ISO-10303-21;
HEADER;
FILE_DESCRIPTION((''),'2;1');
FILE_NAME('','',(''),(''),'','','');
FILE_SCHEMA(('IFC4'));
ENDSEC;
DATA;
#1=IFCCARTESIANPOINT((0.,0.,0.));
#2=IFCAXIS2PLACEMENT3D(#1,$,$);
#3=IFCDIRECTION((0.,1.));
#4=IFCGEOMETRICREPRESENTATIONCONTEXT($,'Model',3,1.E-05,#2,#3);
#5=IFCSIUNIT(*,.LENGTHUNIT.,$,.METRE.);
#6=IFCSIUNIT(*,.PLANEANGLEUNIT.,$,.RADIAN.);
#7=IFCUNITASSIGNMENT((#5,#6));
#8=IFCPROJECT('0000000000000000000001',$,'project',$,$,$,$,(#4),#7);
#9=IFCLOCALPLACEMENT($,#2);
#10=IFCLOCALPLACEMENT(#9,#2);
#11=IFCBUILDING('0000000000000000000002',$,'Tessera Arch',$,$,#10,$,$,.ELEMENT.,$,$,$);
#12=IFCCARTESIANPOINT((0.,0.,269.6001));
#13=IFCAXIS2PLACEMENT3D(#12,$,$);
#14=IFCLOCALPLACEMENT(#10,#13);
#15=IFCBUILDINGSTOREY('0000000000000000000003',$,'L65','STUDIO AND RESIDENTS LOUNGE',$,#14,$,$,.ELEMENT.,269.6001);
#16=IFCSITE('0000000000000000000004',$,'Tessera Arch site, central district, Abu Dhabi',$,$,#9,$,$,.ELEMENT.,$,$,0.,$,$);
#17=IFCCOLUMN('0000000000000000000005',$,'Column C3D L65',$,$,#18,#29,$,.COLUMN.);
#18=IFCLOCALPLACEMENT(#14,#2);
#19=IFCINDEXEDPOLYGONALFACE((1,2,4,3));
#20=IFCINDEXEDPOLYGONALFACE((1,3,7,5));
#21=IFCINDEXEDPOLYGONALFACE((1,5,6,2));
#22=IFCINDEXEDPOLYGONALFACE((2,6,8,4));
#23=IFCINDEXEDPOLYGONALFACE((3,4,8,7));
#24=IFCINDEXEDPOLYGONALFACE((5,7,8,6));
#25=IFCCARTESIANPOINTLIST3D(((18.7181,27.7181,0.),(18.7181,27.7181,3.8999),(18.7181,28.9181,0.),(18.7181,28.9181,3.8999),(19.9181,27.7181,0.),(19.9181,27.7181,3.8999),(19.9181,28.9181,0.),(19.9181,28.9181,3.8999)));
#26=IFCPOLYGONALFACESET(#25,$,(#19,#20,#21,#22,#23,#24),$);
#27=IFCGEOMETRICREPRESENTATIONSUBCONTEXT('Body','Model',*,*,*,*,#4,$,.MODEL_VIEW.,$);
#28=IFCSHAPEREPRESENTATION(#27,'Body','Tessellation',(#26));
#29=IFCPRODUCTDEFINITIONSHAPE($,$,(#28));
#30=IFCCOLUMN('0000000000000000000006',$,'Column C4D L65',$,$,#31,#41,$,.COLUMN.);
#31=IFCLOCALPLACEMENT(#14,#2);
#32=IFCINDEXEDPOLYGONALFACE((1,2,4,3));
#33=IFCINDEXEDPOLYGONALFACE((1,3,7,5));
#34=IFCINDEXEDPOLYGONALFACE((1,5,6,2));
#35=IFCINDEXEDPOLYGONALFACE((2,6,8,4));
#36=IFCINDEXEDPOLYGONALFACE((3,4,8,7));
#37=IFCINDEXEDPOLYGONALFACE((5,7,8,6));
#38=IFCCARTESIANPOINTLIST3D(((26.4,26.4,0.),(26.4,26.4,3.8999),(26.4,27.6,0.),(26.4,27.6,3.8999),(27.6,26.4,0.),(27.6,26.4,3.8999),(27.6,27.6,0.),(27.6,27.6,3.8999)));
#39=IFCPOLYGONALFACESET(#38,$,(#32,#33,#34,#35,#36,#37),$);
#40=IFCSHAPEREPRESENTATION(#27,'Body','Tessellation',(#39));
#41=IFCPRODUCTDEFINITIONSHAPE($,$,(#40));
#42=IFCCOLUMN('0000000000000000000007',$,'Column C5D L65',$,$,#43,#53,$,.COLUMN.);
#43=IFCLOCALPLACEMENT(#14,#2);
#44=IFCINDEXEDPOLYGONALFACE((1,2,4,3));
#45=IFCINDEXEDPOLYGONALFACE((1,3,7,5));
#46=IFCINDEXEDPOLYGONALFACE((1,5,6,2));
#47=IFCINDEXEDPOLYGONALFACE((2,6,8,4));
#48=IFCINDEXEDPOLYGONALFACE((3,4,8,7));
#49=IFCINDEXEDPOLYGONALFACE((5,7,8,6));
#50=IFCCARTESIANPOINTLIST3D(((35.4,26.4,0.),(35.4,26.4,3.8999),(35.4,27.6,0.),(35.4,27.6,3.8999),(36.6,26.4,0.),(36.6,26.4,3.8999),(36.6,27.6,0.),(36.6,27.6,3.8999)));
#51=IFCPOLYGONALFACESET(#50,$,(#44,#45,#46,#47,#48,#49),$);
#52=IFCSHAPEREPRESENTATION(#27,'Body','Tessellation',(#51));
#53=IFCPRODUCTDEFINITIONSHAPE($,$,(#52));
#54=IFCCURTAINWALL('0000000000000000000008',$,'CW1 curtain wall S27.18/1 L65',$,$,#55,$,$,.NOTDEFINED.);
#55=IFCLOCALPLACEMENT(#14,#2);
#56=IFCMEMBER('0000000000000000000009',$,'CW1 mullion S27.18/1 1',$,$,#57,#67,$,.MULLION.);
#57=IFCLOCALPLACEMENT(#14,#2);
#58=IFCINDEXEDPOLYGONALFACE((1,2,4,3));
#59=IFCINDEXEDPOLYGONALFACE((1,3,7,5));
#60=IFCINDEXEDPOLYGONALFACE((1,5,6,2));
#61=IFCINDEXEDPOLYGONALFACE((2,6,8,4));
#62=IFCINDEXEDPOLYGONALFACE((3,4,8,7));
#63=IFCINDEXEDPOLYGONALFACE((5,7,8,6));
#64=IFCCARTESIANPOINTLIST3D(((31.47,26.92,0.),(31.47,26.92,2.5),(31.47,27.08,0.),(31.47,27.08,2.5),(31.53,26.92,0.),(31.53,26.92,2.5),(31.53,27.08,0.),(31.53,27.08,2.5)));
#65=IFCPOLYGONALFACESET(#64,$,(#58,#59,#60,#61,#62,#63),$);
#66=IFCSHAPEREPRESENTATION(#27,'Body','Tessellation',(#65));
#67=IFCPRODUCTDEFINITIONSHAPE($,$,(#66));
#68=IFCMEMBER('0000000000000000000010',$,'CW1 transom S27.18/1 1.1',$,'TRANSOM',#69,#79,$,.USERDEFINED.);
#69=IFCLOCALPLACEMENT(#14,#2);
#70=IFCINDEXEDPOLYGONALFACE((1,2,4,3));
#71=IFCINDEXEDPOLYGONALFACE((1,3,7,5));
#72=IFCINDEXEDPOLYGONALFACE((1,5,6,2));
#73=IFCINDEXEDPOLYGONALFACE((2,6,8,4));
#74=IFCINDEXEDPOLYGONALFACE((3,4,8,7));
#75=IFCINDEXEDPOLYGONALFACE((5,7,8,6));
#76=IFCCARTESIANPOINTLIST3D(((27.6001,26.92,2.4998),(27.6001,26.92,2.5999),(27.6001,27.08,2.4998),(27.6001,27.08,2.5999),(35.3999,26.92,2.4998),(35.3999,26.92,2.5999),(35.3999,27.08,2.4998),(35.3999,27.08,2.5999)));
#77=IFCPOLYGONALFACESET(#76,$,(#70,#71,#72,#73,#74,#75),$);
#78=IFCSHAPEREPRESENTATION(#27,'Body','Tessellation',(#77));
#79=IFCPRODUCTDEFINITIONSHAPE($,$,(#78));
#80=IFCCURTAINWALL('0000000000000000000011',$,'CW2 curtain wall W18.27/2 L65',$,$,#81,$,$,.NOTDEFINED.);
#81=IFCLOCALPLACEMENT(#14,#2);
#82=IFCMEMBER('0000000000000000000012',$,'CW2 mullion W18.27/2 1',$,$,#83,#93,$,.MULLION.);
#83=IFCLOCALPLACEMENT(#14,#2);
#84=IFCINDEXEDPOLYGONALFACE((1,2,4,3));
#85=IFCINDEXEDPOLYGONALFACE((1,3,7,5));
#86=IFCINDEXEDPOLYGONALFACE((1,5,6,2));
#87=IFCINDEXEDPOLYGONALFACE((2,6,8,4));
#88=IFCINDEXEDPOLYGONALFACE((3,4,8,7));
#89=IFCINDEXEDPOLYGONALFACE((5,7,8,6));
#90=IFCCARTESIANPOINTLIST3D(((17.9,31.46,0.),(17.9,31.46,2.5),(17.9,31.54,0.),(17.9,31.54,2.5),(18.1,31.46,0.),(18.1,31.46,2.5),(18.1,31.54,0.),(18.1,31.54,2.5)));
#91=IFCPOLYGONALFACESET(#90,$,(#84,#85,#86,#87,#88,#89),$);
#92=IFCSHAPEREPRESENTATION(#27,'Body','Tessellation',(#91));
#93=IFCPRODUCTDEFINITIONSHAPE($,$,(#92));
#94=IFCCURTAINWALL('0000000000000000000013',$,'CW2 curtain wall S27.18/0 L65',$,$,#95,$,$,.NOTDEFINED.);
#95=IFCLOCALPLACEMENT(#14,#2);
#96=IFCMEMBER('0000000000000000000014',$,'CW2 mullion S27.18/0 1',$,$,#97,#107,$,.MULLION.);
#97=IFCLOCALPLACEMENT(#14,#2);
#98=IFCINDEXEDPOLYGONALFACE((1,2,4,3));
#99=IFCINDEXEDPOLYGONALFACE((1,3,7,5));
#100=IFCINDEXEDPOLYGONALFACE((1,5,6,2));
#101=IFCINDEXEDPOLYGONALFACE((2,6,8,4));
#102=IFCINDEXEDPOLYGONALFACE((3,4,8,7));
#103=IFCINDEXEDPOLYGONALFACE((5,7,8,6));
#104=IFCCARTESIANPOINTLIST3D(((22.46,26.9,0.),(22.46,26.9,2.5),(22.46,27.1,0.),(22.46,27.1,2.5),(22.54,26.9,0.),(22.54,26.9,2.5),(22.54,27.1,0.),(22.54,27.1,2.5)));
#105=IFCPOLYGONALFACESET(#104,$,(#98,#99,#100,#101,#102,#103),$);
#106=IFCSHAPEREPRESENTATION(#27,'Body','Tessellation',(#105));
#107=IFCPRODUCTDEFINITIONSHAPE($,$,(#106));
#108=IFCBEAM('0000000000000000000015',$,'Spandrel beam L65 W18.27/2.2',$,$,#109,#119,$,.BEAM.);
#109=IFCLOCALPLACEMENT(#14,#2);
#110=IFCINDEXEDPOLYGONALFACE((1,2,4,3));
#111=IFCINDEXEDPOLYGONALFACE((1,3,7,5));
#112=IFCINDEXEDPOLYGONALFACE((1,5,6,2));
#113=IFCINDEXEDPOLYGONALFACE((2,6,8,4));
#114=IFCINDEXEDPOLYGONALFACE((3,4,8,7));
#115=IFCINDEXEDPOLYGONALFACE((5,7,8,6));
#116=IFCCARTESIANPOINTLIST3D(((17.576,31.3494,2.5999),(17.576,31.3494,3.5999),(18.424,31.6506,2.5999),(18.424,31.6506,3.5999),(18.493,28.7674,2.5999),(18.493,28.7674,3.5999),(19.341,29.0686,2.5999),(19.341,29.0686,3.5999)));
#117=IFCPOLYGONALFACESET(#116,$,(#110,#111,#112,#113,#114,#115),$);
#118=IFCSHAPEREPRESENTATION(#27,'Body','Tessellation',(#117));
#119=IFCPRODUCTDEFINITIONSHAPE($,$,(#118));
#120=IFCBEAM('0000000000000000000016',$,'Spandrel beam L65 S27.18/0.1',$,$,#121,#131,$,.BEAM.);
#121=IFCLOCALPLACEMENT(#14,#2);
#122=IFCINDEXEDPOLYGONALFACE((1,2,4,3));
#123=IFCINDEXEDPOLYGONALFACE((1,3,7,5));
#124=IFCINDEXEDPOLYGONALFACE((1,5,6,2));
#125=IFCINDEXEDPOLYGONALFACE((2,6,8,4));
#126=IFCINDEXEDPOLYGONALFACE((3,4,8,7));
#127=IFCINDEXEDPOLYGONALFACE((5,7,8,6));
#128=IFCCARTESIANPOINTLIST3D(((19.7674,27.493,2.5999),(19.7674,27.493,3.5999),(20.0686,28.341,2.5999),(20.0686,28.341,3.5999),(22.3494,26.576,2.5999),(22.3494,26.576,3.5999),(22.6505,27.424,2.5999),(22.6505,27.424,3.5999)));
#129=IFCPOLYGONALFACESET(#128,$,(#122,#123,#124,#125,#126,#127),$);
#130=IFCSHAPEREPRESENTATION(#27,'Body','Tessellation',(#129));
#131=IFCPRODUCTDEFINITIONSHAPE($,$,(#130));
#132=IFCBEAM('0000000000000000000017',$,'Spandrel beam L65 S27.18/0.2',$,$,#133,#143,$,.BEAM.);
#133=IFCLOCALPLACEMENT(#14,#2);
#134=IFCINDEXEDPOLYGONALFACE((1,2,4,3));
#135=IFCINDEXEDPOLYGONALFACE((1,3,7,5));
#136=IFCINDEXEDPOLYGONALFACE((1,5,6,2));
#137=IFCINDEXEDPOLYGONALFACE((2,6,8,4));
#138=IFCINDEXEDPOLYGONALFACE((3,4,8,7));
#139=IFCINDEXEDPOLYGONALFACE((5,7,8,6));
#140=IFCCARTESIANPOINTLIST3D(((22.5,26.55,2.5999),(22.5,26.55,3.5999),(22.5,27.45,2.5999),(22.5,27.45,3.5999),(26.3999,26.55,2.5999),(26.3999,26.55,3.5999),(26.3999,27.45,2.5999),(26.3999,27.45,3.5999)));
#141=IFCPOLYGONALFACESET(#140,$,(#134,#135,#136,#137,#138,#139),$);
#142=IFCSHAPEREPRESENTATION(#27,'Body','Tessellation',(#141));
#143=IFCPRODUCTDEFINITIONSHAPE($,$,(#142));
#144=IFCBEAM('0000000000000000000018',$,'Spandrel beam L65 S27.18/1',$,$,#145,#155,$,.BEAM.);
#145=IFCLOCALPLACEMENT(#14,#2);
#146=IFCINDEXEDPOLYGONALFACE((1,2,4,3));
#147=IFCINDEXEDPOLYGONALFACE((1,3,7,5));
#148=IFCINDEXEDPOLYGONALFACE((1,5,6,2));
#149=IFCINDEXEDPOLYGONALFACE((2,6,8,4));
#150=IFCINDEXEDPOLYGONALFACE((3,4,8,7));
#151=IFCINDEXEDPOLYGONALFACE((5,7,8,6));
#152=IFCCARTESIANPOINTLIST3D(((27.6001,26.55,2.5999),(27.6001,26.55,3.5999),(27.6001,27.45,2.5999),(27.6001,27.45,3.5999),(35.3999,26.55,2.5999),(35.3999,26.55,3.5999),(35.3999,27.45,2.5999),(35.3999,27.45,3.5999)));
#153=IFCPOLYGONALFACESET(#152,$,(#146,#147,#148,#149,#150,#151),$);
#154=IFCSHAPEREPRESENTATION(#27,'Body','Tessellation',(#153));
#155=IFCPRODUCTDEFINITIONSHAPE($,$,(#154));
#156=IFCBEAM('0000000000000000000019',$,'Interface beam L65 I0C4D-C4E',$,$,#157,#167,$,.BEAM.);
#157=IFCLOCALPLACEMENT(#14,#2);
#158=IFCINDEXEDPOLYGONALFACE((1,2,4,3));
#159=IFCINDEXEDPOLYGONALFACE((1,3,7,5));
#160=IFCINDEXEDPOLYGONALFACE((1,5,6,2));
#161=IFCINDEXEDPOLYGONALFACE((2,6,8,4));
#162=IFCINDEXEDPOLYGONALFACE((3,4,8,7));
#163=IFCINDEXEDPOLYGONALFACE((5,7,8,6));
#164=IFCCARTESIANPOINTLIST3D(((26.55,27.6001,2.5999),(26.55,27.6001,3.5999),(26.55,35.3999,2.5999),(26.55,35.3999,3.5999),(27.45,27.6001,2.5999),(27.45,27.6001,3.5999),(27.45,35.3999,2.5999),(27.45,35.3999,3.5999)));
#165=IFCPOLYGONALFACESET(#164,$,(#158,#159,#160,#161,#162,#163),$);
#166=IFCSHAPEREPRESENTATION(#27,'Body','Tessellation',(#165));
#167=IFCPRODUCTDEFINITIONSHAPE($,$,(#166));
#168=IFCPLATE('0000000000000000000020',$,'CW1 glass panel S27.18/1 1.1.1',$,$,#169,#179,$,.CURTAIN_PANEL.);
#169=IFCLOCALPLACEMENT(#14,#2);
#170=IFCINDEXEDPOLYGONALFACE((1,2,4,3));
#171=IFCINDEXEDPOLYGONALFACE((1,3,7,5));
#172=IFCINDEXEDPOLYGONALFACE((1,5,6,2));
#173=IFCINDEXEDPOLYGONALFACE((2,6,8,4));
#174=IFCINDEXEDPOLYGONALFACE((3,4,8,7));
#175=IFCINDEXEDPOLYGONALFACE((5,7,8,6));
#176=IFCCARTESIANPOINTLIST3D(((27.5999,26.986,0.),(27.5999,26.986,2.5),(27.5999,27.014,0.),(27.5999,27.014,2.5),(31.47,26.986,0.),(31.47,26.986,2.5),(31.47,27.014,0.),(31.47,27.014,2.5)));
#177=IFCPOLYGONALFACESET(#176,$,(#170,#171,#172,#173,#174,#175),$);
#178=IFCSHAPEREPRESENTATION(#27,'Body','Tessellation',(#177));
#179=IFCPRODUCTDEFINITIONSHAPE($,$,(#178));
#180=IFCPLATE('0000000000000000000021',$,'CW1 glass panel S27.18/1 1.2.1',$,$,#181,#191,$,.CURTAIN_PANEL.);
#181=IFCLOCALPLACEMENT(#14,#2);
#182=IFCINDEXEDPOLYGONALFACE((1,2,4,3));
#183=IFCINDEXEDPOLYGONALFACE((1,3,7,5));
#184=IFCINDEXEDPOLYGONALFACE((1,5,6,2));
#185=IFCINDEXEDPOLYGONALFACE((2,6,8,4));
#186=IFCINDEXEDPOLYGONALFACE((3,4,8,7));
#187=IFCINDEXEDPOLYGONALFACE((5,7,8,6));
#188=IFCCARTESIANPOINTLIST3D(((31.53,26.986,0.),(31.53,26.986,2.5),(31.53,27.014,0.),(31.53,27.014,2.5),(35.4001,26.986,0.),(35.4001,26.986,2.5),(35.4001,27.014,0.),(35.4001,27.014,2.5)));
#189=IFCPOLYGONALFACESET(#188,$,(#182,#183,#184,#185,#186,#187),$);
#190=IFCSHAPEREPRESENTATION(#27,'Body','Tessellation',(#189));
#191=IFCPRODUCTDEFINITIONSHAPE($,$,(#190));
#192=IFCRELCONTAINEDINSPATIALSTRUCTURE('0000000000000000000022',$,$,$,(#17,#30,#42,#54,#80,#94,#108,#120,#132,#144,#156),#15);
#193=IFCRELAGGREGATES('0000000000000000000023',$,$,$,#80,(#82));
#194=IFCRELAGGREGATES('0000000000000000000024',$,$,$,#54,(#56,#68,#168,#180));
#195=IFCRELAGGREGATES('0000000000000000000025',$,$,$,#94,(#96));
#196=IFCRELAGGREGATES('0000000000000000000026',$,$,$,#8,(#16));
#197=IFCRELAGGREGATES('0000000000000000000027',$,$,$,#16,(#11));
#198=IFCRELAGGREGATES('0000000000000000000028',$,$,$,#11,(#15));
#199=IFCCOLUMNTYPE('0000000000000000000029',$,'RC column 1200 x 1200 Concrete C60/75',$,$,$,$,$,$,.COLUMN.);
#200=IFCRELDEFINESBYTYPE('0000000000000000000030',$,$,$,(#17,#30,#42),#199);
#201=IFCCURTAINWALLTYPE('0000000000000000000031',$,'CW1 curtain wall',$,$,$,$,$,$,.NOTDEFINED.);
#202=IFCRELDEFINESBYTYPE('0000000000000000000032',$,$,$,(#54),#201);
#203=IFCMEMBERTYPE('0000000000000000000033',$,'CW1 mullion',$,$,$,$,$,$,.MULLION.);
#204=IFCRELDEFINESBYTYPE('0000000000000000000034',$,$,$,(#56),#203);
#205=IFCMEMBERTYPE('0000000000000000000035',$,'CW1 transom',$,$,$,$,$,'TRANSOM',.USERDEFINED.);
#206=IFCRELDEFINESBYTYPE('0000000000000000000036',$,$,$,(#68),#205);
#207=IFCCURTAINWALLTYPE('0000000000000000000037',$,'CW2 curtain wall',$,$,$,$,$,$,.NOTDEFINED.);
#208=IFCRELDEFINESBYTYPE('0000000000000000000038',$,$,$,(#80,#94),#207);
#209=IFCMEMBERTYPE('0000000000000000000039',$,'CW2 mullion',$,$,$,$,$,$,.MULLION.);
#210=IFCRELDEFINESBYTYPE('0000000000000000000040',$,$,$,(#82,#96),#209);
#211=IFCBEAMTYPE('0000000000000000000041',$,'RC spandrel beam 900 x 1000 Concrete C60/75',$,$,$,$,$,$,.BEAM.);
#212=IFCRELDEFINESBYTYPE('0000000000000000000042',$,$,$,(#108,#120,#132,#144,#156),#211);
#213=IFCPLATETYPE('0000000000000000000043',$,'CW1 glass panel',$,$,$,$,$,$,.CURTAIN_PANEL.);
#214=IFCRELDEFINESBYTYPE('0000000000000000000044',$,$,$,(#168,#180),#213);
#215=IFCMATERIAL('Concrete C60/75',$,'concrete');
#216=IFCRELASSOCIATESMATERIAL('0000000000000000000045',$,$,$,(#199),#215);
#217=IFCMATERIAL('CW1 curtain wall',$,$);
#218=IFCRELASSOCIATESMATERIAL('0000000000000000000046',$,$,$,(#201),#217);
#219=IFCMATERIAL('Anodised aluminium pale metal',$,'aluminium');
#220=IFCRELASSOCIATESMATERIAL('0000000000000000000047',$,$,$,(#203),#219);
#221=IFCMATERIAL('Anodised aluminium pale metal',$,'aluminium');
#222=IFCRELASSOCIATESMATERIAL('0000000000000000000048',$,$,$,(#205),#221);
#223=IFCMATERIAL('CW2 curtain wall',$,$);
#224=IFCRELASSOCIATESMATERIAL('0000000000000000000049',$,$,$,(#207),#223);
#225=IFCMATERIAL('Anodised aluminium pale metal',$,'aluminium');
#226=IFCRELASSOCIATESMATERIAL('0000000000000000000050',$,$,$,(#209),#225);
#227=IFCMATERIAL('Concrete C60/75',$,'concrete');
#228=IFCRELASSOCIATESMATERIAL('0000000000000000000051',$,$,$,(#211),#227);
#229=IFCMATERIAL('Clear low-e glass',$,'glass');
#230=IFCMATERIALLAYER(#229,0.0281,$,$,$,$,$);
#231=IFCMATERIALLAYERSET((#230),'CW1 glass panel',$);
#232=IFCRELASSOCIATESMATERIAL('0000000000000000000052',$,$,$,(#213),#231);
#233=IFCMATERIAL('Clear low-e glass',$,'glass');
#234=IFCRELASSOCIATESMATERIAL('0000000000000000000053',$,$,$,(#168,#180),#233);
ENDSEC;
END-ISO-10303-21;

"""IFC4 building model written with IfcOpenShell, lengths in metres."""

from ifc_helpers import new_model, si_unit, direction, frame, origin, origin_2d, place, context, subcontext, project, spatial, rectangle, extrude, material, layer, layer_set, material_profile, profile_set, type_object, element, aggregate, save


model = new_model("IFC4")

# Units and contexts
model_context = context("Model", 3, precision=1e-05, world=origin(), true_north=direction((0.0, 1.0)))
body_context = subcontext(model_context, "Body", "Model", "MODEL_VIEW")
ifc_project = project(units=[si_unit("LENGTHUNIT", "METRE"), si_unit("PLANEANGLEUNIT", "RADIAN")], contexts=[model_context])

# Site, building, storey
site_placement = place(None, origin())
site = spatial("IfcSite", under=ifc_project, at=site_placement, Name="Tessera Arch site, central district, Abu Dhabi", CompositionType="ELEMENT", RefElevation=0.0)
building_placement = place(site_placement, origin())
building = spatial("IfcBuilding", under=site, at=building_placement, Name="Tessera Arch", CompositionType="ELEMENT")
storey_placement = place(building_placement, frame((0.0, 0.0, 269.6001)))
storey = spatial("IfcBuildingStorey", under=building, at=storey_placement, Name="L65", Description="STUDIO AND RESIDENTS LOUNGE", CompositionType="ELEMENT", Elevation=269.6001)

# Columns
ifc_material_1 = material(Name="Concrete C60/75", Category="concrete")
ifc_material_profile_1 = material_profile(ifc_material_1, rectangle(XDim=1.2, YDim=1.2, at=origin_2d()), Name="RC column 1200 x 1200 Concrete C60/75")
ifc_profile_set_1 = profile_set([ifc_material_profile_1], Name="Concrete C60/75")
column_type = type_object("IfcColumnType", Name="RC column 1200 x 1200 Concrete C60/75", PredefinedType="COLUMN", material=ifc_profile_set_1)
for number, where, z_axis, x_axis, name in (
    (1, (19.3181, 28.3181, 0.0), (0.0, 0.0, 1.0), (1.0, 0.0, 0.0), "Column C3D L65"),
    (2, (27.0, 27.0, 0.0), (0.0, 0.0, 1.0), (1.0, 0.0, 0.0), "Column C4D L65"),
    (3, (36.0, 27.0, 0.0), (0.0, 0.0, 1.0), (1.0, 0.0, 0.0), "Column C5D L65"),
):
    element("IfcColumn", number, at=place(storey_placement, frame(where, z_axis=z_axis, x_axis=x_axis)), inside=storey, type_object=column_type, Name=name, PredefinedType="COLUMN", context=body_context, shape_type="SweptSolid", body=[
        extrude(rectangle(XDim=1.2, YDim=1.2, at=origin_2d()), origin(), (0.0, 0.0, 1.0), 3.8999),
    ])

# Curtain wall, members
ifc_material_2 = material(Name="CW1 curtain wall")
curtain_wall_type_1 = type_object("IfcCurtainWallType", Name="CW1 curtain wall", PredefinedType="NOTDEFINED", material=ifc_material_2)
curtain_wall_1_placement = place(storey_placement, origin())
curtain_wall_1 = element("IfcCurtainWall", 4, at=curtain_wall_1_placement, inside=storey, type_object=curtain_wall_type_1, Name="CW1 curtain wall S27.18/1 L65", PredefinedType="NOTDEFINED")
ifc_material_3 = material(Name="Anodised aluminium pale metal", Category="aluminium")
ifc_material_profile_2 = material_profile(ifc_material_3, rectangle(XDim=0.1599, YDim=0.0601, at=origin_2d()), Name="AL 60x160")
ifc_profile_set_2 = profile_set([ifc_material_profile_2], Name="Anodised aluminium pale metal")
member_type_1 = type_object("IfcMemberType", Name="CW1 mullion", PredefinedType="MULLION", material=ifc_profile_set_2)
member_1_placement = place(storey_placement, frame((31.5, 27.0, 0.0), z_axis=(0.0, 0.0, 1.0), x_axis=(0.0, 1.0, 0.0)))
member_1 = element("IfcMember", 5, at=member_1_placement, type_object=member_type_1, Name="CW1 mullion S27.18/1 1", PredefinedType="MULLION", context=body_context, shape_type="SweptSolid", body=[
    extrude(rectangle(XDim=0.1599, YDim=0.0601, at=origin_2d()), origin(), (0.0, 0.0, 1.0), 2.5),
])
ifc_material_4 = material(Name="Anodised aluminium pale metal", Category="aluminium")
ifc_material_profile_3 = material_profile(ifc_material_4, rectangle(XDim=0.1599, YDim=0.1001, at=origin_2d()), Name="AL 160x100")
ifc_profile_set_3 = profile_set([ifc_material_profile_3], Name="Anodised aluminium pale metal")
member_type_2 = type_object("IfcMemberType", Name="CW1 transom", ElementType="TRANSOM", PredefinedType="USERDEFINED", material=ifc_profile_set_3)
member_2_placement = place(storey_placement, frame((27.6001, 27.0, 2.5498), z_axis=(1.0, 0.0, 0.0), x_axis=(0.0, 1.0, 0.0)))
member_2 = element("IfcMember", 6, at=member_2_placement, type_object=member_type_2, Name="CW1 transom S27.18/1 1.1", ObjectType="TRANSOM", PredefinedType="USERDEFINED", context=body_context, shape_type="SweptSolid", body=[
    extrude(rectangle(XDim=0.1599, YDim=0.1001, at=origin_2d()), origin(), (0.0, 0.0, 1.0), 7.7998),
])

# Curtain walls, members
ifc_material_5 = material(Name="CW2 curtain wall")
curtain_wall_type_2 = type_object("IfcCurtainWallType", Name="CW2 curtain wall", PredefinedType="NOTDEFINED", material=ifc_material_5)
curtain_wall_2_placement = place(storey_placement, origin())
curtain_wall_2 = element("IfcCurtainWall", 7, at=curtain_wall_2_placement, inside=storey, type_object=curtain_wall_type_2, Name="CW2 curtain wall W18.27/2 L65", PredefinedType="NOTDEFINED")
ifc_material_6 = material(Name="Anodised aluminium pale metal", Category="aluminium")
ifc_material_profile_4 = material_profile(ifc_material_6, rectangle(XDim=0.2, YDim=0.0801, at=origin_2d()), Name="AL 80x200")
ifc_profile_set_4 = profile_set([ifc_material_profile_4], Name="Anodised aluminium pale metal")
member_type_3 = type_object("IfcMemberType", Name="CW2 mullion", PredefinedType="MULLION", material=ifc_profile_set_4)
member_3_placement = place(storey_placement, frame((18.0, 31.5, 0.0), z_axis=(0.0, 0.0, 1.0), x_axis=(1.0, 0.0, 0.0)))
member_3 = element("IfcMember", 8, at=member_3_placement, type_object=member_type_3, Name="CW2 mullion W18.27/2 1", PredefinedType="MULLION", context=body_context, shape_type="SweptSolid", body=[
    extrude(rectangle(XDim=0.2, YDim=0.0801, at=origin_2d()), origin(), (0.0, 0.0, 1.0), 2.5),
])
aggregate(curtain_wall_2, [member_3])
curtain_wall_3_placement = place(storey_placement, origin())
curtain_wall_3 = element("IfcCurtainWall", 9, at=curtain_wall_3_placement, inside=storey, type_object=curtain_wall_type_2, Name="CW2 curtain wall S27.18/0 L65", PredefinedType="NOTDEFINED")
member_4_placement = place(storey_placement, frame((22.5, 27.0, 0.0), z_axis=(0.0, 0.0, 1.0), x_axis=(0.0, 1.0, 0.0)))
member_4 = element("IfcMember", 10, at=member_4_placement, type_object=member_type_3, Name="CW2 mullion S27.18/0 1", PredefinedType="MULLION", context=body_context, shape_type="SweptSolid", body=[
    extrude(rectangle(XDim=0.2, YDim=0.0801, at=origin_2d()), origin(), (0.0, 0.0, 1.0), 2.5),
])

# Beams
ifc_material_7 = material(Name="Concrete C60/75", Category="concrete")
ifc_material_profile_5 = material_profile(ifc_material_7, rectangle(XDim=0.8999, YDim=1.0, at=origin_2d()), Name="RC spandrel beam 900 x 1000 Concrete C60/75")
ifc_profile_set_5 = profile_set([ifc_material_profile_5], Name="Concrete C60/75")
beam_type = type_object("IfcBeamType", Name="RC spandrel beam 900 x 1000 Concrete C60/75", PredefinedType="BEAM", material=ifc_profile_set_5)
for number, where, z_axis, x_axis, name in (
    (11, (18.0, 31.5, 3.0999), (0.334665, -0.942337, 0.0), (0.942337, 0.334665, 0.0), "Spandrel beam L65 W18.27/2.2"),
    (12, (19.918, 27.917, 3.0999), (0.942337, -0.334665, 0.0), (0.334665, 0.942337, 0.0), "Spandrel beam L65 S27.18/0.1"),
):
    element("IfcBeam", number, at=place(storey_placement, frame(where, z_axis=z_axis, x_axis=x_axis)), inside=storey, type_object=beam_type, Name=name, PredefinedType="BEAM", context=body_context, shape_type="SweptSolid", body=[
        extrude(rectangle(XDim=0.8999, YDim=1.0, at=origin_2d()), origin(), (0.0, 0.0, 1.0), 2.74),
    ])
beam_placement = place(storey_placement, frame((22.5, 27.0, 3.0999), z_axis=(1.0, 0.0, 0.0), x_axis=(0.0, 1.0, 0.0)))
element("IfcBeam", 13, at=beam_placement, inside=storey, type_object=beam_type, Name="Spandrel beam L65 S27.18/0.2", PredefinedType="BEAM", context=body_context, shape_type="SweptSolid", body=[
    extrude(rectangle(XDim=0.8999, YDim=1.0, at=origin_2d()), origin(), (0.0, 0.0, 1.0), 3.8999),
])
for number, where, z_axis, x_axis, name in (
    (14, (27.6001, 27.0, 3.0999), (1.0, 0.0, 0.0), (0.0, 1.0, 0.0), "Spandrel beam L65 S27.18/1"),
    (15, (27.0, 27.6001, 3.0999), (0.0, 1.0, 0.0), (-1.0, 0.0, 0.0), "Interface beam L65 I0C4D-C4E"),
):
    element("IfcBeam", number, at=place(storey_placement, frame(where, z_axis=z_axis, x_axis=x_axis)), inside=storey, type_object=beam_type, Name=name, PredefinedType="BEAM", context=body_context, shape_type="SweptSolid", body=[
        extrude(rectangle(XDim=0.8999, YDim=1.0, at=origin_2d()), origin(), (0.0, 0.0, 1.0), 7.7998),
    ])

# Plates
ifc_material_8 = material(Name="Clear low-e glass", Category="glass")
ifc_material_9 = material(Name="Clear low-e glass", Category="glass")
ifc_layer_1 = layer(ifc_material_9, 0.0281)
ifc_layer_set_1 = layer_set([ifc_layer_1], Name="CW1 glass panel")
plate_type_1 = type_object("IfcPlateType", Name="CW1 glass panel", PredefinedType="CURTAIN_PANEL", material=ifc_layer_set_1)
plate_1_placement = place(storey_placement, frame((29.5349, 27.0, 0.0), z_axis=(0.0, 0.0, 1.0), x_axis=(1.0, 0.0, 0.0)))
plate_1 = element("IfcPlate", 16, at=plate_1_placement, type_object=plate_type_1, material=ifc_material_8, Name="CW1 glass panel S27.18/1 1.1.1", PredefinedType="CURTAIN_PANEL", context=body_context, shape_type="SweptSolid", body=[
    extrude(rectangle(XDim=3.8701, YDim=0.0281, at=origin_2d()), origin(), (0.0, 0.0, 1.0), 2.5),
])
plate_2_placement = place(storey_placement, frame((33.4651, 27.0, 0.0), z_axis=(0.0, 0.0, 1.0), x_axis=(1.0, 0.0, 0.0)))
plate_2 = element("IfcPlate", 17, at=plate_2_placement, type_object=plate_type_1, material=ifc_material_8, Name="CW1 glass panel S27.18/1 1.2.1", PredefinedType="CURTAIN_PANEL", context=body_context, shape_type="SweptSolid", body=[
    extrude(rectangle(XDim=3.8701, YDim=0.0281, at=origin_2d()), origin(), (0.0, 0.0, 1.0), 2.5),
])
aggregate(curtain_wall_1, [member_1, member_2, plate_1, plate_2])
aggregate(curtain_wall_3, [member_4])

save(model, "model.ifc")
